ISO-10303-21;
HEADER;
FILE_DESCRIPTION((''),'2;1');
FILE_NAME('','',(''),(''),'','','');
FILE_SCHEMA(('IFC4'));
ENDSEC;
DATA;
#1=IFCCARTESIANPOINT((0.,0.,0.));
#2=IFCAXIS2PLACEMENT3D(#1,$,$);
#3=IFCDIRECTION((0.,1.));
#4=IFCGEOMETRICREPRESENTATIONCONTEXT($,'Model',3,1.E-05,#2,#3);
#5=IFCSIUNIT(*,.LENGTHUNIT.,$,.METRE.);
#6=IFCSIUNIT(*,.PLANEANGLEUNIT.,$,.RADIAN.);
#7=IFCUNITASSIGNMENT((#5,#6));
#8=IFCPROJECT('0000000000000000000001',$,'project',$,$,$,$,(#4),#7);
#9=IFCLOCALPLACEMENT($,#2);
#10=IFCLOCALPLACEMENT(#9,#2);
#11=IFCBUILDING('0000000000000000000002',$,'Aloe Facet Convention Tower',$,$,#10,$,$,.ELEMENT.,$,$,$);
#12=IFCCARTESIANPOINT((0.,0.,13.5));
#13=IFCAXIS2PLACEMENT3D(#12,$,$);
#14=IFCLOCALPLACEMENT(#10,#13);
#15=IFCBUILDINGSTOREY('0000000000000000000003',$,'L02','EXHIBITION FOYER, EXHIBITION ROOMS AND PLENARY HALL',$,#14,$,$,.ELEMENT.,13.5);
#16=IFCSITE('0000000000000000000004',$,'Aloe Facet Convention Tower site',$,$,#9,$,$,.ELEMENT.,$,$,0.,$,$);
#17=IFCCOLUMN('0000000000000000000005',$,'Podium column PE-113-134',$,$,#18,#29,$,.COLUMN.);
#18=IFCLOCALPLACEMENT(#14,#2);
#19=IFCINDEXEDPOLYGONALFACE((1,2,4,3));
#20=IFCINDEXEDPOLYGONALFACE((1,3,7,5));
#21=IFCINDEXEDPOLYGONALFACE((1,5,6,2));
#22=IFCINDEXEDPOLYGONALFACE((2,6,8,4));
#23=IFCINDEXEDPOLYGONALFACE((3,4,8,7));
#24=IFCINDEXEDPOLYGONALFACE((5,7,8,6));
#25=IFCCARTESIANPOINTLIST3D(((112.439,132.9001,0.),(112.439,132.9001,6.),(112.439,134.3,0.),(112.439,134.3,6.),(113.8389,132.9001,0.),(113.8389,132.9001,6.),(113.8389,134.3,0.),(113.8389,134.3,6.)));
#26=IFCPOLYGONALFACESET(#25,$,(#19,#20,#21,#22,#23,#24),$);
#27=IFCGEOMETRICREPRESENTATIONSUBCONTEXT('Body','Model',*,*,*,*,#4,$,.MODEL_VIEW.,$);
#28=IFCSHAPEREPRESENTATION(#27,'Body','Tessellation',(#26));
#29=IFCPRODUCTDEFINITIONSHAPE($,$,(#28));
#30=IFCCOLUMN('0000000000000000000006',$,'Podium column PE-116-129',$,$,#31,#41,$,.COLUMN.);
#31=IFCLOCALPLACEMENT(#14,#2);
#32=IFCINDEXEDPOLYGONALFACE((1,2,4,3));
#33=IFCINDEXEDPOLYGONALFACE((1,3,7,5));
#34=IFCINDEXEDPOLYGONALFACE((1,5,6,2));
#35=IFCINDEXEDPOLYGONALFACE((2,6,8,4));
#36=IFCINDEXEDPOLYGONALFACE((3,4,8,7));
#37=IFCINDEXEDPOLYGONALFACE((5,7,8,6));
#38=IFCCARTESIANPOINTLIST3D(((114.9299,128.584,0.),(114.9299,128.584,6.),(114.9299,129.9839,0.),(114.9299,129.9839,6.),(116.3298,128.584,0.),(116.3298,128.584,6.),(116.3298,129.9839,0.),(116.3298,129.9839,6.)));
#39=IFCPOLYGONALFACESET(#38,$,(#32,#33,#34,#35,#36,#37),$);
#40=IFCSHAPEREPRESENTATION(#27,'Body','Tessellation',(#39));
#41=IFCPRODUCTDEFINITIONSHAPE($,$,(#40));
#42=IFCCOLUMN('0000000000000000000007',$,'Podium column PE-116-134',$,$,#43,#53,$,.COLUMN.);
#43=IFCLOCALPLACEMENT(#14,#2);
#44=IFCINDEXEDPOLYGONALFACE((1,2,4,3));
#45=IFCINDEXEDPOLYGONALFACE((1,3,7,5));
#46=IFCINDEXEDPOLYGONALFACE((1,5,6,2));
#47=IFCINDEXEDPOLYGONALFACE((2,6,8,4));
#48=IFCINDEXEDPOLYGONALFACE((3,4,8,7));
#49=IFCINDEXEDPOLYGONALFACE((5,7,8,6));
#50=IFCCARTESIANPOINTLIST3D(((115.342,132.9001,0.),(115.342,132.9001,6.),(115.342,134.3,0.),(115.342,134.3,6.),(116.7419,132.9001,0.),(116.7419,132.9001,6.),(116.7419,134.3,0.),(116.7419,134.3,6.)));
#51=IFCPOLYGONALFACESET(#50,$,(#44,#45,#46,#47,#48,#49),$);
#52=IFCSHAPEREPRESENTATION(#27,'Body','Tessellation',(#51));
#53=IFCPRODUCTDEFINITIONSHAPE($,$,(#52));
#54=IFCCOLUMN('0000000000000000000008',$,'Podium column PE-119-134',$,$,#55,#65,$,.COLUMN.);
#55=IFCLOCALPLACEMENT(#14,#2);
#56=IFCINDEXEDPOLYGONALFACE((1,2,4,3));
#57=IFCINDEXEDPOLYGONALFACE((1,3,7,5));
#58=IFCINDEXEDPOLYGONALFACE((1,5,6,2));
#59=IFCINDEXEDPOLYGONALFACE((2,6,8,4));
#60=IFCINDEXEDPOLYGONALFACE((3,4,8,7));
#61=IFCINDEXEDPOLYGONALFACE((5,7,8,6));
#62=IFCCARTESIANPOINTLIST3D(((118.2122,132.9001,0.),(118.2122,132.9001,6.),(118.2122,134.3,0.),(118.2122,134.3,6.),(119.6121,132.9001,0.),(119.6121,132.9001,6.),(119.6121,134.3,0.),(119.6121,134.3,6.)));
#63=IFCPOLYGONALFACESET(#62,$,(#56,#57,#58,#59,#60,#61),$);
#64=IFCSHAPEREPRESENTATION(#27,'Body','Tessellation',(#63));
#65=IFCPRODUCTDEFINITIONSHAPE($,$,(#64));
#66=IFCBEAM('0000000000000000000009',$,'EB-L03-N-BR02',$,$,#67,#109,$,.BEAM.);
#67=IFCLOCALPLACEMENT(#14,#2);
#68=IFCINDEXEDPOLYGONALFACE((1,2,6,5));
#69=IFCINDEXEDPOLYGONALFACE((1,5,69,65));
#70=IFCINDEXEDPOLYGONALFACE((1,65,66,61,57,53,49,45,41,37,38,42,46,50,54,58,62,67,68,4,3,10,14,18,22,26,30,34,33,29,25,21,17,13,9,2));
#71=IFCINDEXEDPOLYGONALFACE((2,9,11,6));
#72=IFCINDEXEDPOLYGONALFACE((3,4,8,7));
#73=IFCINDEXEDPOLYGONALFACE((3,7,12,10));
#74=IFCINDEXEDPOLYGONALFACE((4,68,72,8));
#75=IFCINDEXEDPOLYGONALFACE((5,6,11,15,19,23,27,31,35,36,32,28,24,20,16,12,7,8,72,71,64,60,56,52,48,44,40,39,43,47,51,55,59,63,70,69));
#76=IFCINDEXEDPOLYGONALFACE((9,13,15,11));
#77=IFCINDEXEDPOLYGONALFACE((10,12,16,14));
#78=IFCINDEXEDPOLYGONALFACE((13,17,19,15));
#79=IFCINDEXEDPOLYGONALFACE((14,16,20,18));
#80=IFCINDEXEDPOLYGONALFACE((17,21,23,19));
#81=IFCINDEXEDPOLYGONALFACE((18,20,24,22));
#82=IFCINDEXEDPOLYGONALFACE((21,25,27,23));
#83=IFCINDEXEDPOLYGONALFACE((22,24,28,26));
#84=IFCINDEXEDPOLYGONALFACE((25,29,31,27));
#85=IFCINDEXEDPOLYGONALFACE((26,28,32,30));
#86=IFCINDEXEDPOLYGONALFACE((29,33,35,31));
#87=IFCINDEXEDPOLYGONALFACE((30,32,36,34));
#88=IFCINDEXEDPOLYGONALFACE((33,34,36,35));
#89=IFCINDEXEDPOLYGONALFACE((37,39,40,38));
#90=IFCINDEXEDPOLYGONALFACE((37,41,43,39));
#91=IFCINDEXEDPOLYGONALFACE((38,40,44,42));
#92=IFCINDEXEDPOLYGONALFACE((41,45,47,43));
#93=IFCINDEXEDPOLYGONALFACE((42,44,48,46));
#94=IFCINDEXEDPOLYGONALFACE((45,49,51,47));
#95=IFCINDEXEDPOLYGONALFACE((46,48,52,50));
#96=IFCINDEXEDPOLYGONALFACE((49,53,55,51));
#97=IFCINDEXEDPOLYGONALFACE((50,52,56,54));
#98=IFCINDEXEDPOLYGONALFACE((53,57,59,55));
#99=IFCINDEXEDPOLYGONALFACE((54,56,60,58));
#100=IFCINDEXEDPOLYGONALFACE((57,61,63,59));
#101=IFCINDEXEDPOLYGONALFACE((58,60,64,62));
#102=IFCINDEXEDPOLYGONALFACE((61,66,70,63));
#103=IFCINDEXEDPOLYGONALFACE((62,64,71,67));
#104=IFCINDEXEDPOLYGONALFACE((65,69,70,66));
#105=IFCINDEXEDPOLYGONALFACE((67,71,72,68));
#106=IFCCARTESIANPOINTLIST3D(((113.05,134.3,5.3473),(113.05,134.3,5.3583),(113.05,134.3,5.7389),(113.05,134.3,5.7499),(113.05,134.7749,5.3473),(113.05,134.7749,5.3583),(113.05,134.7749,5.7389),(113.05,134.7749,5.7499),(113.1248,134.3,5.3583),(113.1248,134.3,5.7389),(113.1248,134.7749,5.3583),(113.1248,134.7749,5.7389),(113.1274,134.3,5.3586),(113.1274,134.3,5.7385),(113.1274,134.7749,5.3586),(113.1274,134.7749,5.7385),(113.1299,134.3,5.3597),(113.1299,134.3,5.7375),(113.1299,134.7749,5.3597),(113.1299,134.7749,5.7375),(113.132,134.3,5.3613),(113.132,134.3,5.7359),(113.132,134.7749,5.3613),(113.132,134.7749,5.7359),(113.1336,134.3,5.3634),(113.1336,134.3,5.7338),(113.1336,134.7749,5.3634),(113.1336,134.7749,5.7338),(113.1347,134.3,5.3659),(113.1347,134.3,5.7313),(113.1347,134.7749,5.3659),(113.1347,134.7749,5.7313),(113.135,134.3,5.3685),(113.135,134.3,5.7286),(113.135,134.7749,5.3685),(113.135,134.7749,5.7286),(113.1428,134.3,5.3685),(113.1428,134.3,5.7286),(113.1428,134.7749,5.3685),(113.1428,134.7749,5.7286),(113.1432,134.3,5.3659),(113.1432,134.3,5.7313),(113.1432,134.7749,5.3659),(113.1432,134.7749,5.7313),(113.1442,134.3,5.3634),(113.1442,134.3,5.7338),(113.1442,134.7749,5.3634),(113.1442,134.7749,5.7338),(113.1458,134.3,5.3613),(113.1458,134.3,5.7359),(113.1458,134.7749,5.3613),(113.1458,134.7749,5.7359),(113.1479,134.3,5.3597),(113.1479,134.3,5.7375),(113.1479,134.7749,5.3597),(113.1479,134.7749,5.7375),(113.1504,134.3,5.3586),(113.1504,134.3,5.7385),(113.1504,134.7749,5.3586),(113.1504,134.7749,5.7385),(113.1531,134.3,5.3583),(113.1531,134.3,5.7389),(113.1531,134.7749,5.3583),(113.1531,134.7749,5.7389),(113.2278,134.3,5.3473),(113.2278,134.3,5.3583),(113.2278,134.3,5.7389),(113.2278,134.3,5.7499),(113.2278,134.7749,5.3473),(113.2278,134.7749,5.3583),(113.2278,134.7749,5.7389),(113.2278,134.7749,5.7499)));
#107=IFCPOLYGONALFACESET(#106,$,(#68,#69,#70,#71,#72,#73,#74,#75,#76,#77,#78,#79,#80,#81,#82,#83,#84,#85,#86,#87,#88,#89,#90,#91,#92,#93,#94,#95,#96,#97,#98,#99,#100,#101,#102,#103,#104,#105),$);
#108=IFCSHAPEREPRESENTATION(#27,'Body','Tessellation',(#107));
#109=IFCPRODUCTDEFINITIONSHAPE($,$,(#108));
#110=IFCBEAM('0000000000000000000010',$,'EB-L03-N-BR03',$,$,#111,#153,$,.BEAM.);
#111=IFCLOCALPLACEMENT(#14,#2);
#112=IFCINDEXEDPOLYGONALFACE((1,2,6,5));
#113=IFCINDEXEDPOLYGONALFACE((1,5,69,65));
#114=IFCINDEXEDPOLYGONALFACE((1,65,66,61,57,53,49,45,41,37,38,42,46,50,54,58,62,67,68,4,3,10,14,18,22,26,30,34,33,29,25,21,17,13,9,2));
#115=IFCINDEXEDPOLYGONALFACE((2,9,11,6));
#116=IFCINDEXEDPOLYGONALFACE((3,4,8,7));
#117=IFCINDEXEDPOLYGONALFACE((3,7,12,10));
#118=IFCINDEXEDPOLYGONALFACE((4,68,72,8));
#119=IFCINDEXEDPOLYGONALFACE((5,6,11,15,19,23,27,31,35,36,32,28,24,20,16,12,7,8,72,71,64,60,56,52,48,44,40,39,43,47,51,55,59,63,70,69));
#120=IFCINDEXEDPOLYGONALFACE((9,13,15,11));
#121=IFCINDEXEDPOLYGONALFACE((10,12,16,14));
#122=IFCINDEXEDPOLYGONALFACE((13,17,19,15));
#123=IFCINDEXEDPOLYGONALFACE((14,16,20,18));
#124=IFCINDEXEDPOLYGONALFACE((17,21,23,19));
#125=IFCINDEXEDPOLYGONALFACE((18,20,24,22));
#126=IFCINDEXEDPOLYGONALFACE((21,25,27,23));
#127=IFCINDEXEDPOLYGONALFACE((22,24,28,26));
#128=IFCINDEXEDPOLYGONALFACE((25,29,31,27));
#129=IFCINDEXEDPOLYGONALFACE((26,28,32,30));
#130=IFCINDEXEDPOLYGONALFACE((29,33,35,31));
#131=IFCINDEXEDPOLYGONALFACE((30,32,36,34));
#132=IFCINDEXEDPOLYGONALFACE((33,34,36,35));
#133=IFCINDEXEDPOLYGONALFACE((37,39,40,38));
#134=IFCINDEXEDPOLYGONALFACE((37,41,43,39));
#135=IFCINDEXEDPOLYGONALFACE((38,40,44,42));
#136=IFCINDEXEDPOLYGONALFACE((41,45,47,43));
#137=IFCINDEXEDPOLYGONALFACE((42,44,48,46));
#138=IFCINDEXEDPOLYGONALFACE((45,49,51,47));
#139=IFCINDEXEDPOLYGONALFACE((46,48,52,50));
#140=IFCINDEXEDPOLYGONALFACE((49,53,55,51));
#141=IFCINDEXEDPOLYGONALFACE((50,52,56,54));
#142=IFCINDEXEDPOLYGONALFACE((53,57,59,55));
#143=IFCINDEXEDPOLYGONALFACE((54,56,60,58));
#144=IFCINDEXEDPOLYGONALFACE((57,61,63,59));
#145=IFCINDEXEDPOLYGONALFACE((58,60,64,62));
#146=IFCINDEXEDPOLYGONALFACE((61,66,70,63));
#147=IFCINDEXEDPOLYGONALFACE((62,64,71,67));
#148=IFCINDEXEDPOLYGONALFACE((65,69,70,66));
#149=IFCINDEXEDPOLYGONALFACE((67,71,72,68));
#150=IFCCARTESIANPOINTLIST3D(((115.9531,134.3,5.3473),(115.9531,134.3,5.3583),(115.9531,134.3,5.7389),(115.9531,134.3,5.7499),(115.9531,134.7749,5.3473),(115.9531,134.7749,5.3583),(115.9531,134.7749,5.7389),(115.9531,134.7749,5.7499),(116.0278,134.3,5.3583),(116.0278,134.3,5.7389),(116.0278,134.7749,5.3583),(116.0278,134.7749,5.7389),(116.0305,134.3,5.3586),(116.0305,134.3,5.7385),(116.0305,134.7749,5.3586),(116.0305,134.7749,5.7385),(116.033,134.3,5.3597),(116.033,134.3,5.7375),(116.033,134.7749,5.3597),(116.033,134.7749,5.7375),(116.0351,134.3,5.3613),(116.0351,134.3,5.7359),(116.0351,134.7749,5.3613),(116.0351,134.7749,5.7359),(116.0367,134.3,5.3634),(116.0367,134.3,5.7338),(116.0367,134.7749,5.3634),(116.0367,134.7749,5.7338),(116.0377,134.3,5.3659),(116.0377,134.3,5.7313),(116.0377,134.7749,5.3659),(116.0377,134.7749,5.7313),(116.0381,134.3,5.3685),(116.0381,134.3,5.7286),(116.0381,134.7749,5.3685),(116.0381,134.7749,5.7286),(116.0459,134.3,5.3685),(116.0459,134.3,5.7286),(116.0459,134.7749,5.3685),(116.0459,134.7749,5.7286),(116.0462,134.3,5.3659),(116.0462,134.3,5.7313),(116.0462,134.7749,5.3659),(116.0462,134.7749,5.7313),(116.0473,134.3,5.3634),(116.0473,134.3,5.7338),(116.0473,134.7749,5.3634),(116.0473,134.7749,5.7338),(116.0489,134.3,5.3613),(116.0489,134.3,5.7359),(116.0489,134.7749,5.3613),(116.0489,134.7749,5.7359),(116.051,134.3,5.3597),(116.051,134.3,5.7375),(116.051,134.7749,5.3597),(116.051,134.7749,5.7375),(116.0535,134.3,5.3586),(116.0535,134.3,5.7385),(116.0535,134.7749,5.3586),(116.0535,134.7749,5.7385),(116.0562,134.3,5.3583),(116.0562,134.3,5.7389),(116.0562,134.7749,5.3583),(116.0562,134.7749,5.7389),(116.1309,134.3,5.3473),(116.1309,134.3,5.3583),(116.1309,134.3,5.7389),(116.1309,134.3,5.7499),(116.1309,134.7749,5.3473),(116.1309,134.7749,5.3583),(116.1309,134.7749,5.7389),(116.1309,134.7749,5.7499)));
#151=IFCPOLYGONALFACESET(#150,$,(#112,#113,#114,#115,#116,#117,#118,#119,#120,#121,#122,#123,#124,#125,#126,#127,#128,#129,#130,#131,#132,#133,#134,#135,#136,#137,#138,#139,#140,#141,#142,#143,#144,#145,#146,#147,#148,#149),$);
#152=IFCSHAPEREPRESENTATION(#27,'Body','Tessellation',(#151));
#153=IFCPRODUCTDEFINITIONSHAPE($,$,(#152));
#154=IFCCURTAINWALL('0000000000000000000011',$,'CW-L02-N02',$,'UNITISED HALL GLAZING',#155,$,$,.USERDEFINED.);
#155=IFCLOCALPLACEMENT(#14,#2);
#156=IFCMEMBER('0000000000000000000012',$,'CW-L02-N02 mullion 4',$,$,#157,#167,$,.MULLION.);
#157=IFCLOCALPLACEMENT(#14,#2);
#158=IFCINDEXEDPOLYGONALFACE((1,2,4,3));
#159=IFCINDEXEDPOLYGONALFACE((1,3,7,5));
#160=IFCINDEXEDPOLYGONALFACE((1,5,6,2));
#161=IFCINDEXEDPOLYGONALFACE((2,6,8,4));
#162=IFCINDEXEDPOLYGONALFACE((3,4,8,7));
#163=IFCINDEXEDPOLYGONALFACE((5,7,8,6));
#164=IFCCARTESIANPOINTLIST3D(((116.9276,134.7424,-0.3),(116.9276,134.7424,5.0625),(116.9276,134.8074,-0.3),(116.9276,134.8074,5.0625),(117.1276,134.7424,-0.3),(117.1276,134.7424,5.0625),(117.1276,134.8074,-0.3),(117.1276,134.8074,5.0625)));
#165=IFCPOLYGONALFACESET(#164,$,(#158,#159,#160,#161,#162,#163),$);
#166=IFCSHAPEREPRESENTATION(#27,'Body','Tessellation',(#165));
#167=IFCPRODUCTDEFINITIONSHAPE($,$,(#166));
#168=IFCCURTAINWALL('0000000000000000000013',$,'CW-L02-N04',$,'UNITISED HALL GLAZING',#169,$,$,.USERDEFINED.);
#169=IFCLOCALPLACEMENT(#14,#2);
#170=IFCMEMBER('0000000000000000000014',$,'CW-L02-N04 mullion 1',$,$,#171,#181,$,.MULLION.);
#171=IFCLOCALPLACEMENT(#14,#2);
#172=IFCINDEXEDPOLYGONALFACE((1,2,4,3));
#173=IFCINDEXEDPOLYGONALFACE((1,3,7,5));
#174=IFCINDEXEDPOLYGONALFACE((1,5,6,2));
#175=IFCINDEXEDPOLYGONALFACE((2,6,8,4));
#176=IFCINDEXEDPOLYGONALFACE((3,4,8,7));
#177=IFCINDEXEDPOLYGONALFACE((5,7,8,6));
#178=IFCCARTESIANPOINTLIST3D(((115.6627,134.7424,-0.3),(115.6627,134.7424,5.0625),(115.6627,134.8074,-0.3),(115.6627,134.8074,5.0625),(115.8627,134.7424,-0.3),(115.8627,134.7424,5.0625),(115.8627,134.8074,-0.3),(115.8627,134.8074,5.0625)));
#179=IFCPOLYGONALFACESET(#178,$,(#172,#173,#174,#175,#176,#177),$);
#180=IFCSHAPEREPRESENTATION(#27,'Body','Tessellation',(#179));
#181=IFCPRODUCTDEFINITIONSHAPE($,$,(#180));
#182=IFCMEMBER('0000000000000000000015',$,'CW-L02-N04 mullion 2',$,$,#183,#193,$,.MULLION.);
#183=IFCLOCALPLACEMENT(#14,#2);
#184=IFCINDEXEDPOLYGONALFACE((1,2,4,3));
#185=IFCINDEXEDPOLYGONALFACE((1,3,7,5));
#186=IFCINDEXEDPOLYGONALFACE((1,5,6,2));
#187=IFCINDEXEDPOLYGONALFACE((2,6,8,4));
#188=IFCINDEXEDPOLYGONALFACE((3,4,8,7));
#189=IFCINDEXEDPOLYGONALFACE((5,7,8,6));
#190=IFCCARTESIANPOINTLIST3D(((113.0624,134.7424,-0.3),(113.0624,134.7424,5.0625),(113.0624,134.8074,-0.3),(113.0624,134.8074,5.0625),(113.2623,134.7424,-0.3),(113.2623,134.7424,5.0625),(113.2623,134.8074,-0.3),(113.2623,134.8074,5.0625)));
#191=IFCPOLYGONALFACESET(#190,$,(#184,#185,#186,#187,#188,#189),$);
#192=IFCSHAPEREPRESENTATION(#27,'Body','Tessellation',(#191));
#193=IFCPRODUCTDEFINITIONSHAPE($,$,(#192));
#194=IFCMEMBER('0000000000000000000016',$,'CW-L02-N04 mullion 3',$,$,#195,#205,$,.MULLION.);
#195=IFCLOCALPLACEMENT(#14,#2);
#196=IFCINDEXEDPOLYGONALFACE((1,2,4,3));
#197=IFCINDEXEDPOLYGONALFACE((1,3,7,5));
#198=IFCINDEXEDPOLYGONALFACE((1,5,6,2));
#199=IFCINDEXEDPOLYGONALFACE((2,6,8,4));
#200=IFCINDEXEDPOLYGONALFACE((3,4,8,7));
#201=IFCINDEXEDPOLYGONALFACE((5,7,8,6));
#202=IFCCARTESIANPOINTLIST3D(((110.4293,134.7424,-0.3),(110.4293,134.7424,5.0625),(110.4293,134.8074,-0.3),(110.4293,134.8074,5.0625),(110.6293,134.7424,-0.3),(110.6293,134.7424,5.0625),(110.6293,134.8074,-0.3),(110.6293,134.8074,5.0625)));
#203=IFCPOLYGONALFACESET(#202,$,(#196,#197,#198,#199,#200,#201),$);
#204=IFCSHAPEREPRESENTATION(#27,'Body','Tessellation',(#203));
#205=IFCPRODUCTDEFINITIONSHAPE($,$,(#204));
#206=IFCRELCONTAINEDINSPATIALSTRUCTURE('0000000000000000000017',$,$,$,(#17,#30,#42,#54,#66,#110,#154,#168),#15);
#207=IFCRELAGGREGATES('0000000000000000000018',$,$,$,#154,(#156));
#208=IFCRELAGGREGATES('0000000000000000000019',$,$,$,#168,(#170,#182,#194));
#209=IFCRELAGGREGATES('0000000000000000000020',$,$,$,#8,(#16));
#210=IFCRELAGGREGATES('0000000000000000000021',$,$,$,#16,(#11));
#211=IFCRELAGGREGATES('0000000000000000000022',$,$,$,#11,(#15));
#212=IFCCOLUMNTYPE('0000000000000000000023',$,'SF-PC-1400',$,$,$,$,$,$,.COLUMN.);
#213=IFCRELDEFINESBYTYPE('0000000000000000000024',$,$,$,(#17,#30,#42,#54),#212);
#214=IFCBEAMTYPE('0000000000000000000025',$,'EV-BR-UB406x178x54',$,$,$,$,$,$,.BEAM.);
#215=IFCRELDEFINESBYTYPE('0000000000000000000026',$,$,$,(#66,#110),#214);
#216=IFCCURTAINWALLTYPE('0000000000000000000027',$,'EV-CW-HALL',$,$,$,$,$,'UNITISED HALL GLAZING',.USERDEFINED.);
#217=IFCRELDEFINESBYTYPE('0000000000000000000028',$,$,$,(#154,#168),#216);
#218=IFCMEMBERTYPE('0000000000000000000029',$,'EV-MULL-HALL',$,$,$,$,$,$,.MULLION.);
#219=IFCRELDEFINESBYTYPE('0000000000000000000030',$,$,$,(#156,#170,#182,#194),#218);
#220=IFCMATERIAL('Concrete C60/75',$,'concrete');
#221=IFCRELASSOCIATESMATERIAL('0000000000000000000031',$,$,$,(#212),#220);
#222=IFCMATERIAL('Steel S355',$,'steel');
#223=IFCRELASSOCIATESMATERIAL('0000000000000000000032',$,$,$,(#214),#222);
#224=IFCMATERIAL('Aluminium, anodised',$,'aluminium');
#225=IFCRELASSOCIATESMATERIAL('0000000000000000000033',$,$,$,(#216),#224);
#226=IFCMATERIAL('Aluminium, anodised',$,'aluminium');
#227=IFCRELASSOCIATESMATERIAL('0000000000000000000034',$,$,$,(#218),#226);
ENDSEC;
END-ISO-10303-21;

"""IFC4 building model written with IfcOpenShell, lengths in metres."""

from ifc_helpers import new_model, si_unit, direction, frame, origin, origin_2d, place, context, subcontext, project, spatial, rectangle, i_section, extrude, material, material_profile, profile_set, type_object, element, aggregate, save


model = new_model("IFC4")

# Units and contexts
model_context = context("Model", 3, precision=1e-05, world=origin(), true_north=direction((0.0, 1.0)))
body_context = subcontext(model_context, "Body", "Model", "MODEL_VIEW")
ifc_project = project(units=[si_unit("LENGTHUNIT", "METRE"), si_unit("PLANEANGLEUNIT", "RADIAN")], contexts=[model_context])

# Site, building, storey
site_placement = place(None, origin())
site = spatial("IfcSite", under=ifc_project, at=site_placement, Name="Aloe Facet Convention Tower site", CompositionType="ELEMENT", RefElevation=0.0)
building_placement = place(site_placement, origin())
building = spatial("IfcBuilding", under=site, at=building_placement, Name="Aloe Facet Convention Tower", CompositionType="ELEMENT")
storey_placement = place(building_placement, frame((0.0, 0.0, 13.5)))
storey = spatial("IfcBuildingStorey", under=building, at=storey_placement, Name="L02", Description="EXHIBITION FOYER, EXHIBITION ROOMS AND PLENARY HALL", CompositionType="ELEMENT", Elevation=13.5)

# Columns
ifc_material_1 = material(Name="Concrete C60/75", Category="concrete")
ifc_material_profile_1 = material_profile(ifc_material_1, rectangle(XDim=1.3999, YDim=1.3999, at=origin_2d()), Name="SF-PC-1400")
ifc_profile_set_1 = profile_set([ifc_material_profile_1], Name="Concrete C60/75")
column_type = type_object("IfcColumnType", Name="SF-PC-1400", PredefinedType="COLUMN", material=ifc_profile_set_1)
for number, where, z_axis, x_axis, name in (
    (1, (113.1389, 133.6001, 0.0), (0.0, 0.0, 1.0), (1.0, 0.0, 0.0), "Podium column PE-113-134"),
    (2, (115.6299, 129.2839, 0.0), (0.0, 0.0, 1.0), (1.0, 0.0, 0.0), "Podium column PE-116-129"),
    (3, (116.042, 133.6001, 0.0), (0.0, 0.0, 1.0), (1.0, 0.0, 0.0), "Podium column PE-116-134"),
    (4, (118.9121, 133.6001, 0.0), (0.0, 0.0, 1.0), (1.0, 0.0, 0.0), "Podium column PE-119-134"),
):
    element("IfcColumn", number, at=place(storey_placement, frame(where, z_axis=z_axis, x_axis=x_axis)), inside=storey, type_object=column_type, Name=name, PredefinedType="COLUMN", context=body_context, shape_type="SweptSolid", body=[
        extrude(rectangle(XDim=1.3999, YDim=1.3999, at=origin_2d()), origin(), (0.0, 0.0, 1.0), 6.0),
    ])

# Beams
ifc_material_2 = material(Name="Steel S355", Category="steel")
ifc_material_profile_2 = material_profile(ifc_material_2, i_section(OverallWidth=0.1777, OverallDepth=0.4026, WebThickness=0.0078, FlangeThickness=0.011, FilletRadius=0.0103, at=origin_2d()), Name="UB 406x178x54")
ifc_profile_set_2 = profile_set([ifc_material_profile_2], Name="Steel S355")
beam_type_1 = type_object("IfcBeamType", Name="EV-BR-UB406x178x54", PredefinedType="BEAM", material=ifc_profile_set_2)
for number, where, z_axis, x_axis, name in (
    (5, (113.1389, 134.3, 5.5486), (0.0, 1.0, 0.0), (-1.0, 0.0, 0.0), "EB-L03-N-BR02"),
    (6, (116.042, 134.3, 5.5486), (0.0, 1.0, 0.0), (-1.0, 0.0, 0.0), "EB-L03-N-BR03"),
):
    element("IfcBeam", number, at=place(storey_placement, frame(where, z_axis=z_axis, x_axis=x_axis)), inside=storey, type_object=beam_type_1, Name=name, PredefinedType="BEAM", context=body_context, shape_type="SweptSolid", body=[
        extrude(i_section(OverallWidth=0.1777, OverallDepth=0.4026, WebThickness=0.0078, FlangeThickness=0.011, FilletRadius=0.0103, at=origin_2d()), origin(), (0.0, 0.0, 1.0), 0.4749),
    ])

# Curtain wall, member
ifc_material_3 = material(Name="Aluminium, anodised", Category="aluminium")
curtain_wall_type = type_object("IfcCurtainWallType", Name="EV-CW-HALL", ElementType="UNITISED HALL GLAZING", PredefinedType="USERDEFINED", material=ifc_material_3)
curtain_wall_1_placement = place(storey_placement, origin())
curtain_wall_1 = element("IfcCurtainWall", 7, at=curtain_wall_1_placement, inside=storey, type_object=curtain_wall_type, Name="CW-L02-N02", ObjectType="UNITISED HALL GLAZING", PredefinedType="USERDEFINED")
ifc_material_4 = material(Name="Aluminium, anodised", Category="aluminium")
ifc_material_profile_3 = material_profile(ifc_material_4, rectangle(XDim=0.0649, YDim=0.2, at=origin_2d()), Name="AL 65x200")
ifc_profile_set_3 = profile_set([ifc_material_profile_3], Name="Aluminium, anodised")
member_type_1 = type_object("IfcMemberType", Name="EV-MULL-HALL", PredefinedType="MULLION", material=ifc_profile_set_3)
member_1_placement = place(storey_placement, frame((117.0276, 134.7749, -0.3), z_axis=(0.0, 0.0, 1.0), x_axis=(0.0, -1.0, 0.0)))
member_1 = element("IfcMember", 8, at=member_1_placement, type_object=member_type_1, Name="CW-L02-N02 mullion 4", PredefinedType="MULLION", context=body_context, shape_type="SweptSolid", body=[
    extrude(rectangle(XDim=0.0649, YDim=0.2, at=origin_2d()), origin(), (0.0, 0.0, 1.0), 5.3625),
])

# Curtain wall, members
curtain_wall_2_placement = place(storey_placement, origin())
curtain_wall_2 = element("IfcCurtainWall", 9, at=curtain_wall_2_placement, inside=storey, type_object=curtain_wall_type, Name="CW-L02-N04", ObjectType="UNITISED HALL GLAZING", PredefinedType="USERDEFINED")
member_2_placement = place(storey_placement, frame((115.7627, 134.7749, -0.3), z_axis=(0.0, 0.0, 1.0), x_axis=(0.0, -1.0, 0.0)))
member_2 = element("IfcMember", 10, at=member_2_placement, type_object=member_type_1, Name="CW-L02-N04 mullion 1", PredefinedType="MULLION", context=body_context, shape_type="SweptSolid", body=[
    extrude(rectangle(XDim=0.0649, YDim=0.2, at=origin_2d()), origin(), (0.0, 0.0, 1.0), 5.3625),
])
member_3_placement = place(storey_placement, frame((113.1624, 134.7749, -0.3), z_axis=(0.0, 0.0, 1.0), x_axis=(0.0, -1.0, 0.0)))
member_3 = element("IfcMember", 11, at=member_3_placement, type_object=member_type_1, Name="CW-L02-N04 mullion 2", PredefinedType="MULLION", context=body_context, shape_type="SweptSolid", body=[
    extrude(rectangle(XDim=0.0649, YDim=0.2, at=origin_2d()), origin(), (0.0, 0.0, 1.0), 5.3625),
])
member_4_placement = place(storey_placement, frame((110.5293, 134.7749, -0.3), z_axis=(0.0, 0.0, 1.0), x_axis=(0.0, -1.0, 0.0)))
member_4 = element("IfcMember", 12, at=member_4_placement, type_object=member_type_1, Name="CW-L02-N04 mullion 3", PredefinedType="MULLION", context=body_context, shape_type="SweptSolid", body=[
    extrude(rectangle(XDim=0.0649, YDim=0.2, at=origin_2d()), origin(), (0.0, 0.0, 1.0), 5.3625),
])

aggregate(curtain_wall_1, [member_1])
aggregate(curtain_wall_2, [member_2, member_3, member_4])

save(model, "model.ifc")
